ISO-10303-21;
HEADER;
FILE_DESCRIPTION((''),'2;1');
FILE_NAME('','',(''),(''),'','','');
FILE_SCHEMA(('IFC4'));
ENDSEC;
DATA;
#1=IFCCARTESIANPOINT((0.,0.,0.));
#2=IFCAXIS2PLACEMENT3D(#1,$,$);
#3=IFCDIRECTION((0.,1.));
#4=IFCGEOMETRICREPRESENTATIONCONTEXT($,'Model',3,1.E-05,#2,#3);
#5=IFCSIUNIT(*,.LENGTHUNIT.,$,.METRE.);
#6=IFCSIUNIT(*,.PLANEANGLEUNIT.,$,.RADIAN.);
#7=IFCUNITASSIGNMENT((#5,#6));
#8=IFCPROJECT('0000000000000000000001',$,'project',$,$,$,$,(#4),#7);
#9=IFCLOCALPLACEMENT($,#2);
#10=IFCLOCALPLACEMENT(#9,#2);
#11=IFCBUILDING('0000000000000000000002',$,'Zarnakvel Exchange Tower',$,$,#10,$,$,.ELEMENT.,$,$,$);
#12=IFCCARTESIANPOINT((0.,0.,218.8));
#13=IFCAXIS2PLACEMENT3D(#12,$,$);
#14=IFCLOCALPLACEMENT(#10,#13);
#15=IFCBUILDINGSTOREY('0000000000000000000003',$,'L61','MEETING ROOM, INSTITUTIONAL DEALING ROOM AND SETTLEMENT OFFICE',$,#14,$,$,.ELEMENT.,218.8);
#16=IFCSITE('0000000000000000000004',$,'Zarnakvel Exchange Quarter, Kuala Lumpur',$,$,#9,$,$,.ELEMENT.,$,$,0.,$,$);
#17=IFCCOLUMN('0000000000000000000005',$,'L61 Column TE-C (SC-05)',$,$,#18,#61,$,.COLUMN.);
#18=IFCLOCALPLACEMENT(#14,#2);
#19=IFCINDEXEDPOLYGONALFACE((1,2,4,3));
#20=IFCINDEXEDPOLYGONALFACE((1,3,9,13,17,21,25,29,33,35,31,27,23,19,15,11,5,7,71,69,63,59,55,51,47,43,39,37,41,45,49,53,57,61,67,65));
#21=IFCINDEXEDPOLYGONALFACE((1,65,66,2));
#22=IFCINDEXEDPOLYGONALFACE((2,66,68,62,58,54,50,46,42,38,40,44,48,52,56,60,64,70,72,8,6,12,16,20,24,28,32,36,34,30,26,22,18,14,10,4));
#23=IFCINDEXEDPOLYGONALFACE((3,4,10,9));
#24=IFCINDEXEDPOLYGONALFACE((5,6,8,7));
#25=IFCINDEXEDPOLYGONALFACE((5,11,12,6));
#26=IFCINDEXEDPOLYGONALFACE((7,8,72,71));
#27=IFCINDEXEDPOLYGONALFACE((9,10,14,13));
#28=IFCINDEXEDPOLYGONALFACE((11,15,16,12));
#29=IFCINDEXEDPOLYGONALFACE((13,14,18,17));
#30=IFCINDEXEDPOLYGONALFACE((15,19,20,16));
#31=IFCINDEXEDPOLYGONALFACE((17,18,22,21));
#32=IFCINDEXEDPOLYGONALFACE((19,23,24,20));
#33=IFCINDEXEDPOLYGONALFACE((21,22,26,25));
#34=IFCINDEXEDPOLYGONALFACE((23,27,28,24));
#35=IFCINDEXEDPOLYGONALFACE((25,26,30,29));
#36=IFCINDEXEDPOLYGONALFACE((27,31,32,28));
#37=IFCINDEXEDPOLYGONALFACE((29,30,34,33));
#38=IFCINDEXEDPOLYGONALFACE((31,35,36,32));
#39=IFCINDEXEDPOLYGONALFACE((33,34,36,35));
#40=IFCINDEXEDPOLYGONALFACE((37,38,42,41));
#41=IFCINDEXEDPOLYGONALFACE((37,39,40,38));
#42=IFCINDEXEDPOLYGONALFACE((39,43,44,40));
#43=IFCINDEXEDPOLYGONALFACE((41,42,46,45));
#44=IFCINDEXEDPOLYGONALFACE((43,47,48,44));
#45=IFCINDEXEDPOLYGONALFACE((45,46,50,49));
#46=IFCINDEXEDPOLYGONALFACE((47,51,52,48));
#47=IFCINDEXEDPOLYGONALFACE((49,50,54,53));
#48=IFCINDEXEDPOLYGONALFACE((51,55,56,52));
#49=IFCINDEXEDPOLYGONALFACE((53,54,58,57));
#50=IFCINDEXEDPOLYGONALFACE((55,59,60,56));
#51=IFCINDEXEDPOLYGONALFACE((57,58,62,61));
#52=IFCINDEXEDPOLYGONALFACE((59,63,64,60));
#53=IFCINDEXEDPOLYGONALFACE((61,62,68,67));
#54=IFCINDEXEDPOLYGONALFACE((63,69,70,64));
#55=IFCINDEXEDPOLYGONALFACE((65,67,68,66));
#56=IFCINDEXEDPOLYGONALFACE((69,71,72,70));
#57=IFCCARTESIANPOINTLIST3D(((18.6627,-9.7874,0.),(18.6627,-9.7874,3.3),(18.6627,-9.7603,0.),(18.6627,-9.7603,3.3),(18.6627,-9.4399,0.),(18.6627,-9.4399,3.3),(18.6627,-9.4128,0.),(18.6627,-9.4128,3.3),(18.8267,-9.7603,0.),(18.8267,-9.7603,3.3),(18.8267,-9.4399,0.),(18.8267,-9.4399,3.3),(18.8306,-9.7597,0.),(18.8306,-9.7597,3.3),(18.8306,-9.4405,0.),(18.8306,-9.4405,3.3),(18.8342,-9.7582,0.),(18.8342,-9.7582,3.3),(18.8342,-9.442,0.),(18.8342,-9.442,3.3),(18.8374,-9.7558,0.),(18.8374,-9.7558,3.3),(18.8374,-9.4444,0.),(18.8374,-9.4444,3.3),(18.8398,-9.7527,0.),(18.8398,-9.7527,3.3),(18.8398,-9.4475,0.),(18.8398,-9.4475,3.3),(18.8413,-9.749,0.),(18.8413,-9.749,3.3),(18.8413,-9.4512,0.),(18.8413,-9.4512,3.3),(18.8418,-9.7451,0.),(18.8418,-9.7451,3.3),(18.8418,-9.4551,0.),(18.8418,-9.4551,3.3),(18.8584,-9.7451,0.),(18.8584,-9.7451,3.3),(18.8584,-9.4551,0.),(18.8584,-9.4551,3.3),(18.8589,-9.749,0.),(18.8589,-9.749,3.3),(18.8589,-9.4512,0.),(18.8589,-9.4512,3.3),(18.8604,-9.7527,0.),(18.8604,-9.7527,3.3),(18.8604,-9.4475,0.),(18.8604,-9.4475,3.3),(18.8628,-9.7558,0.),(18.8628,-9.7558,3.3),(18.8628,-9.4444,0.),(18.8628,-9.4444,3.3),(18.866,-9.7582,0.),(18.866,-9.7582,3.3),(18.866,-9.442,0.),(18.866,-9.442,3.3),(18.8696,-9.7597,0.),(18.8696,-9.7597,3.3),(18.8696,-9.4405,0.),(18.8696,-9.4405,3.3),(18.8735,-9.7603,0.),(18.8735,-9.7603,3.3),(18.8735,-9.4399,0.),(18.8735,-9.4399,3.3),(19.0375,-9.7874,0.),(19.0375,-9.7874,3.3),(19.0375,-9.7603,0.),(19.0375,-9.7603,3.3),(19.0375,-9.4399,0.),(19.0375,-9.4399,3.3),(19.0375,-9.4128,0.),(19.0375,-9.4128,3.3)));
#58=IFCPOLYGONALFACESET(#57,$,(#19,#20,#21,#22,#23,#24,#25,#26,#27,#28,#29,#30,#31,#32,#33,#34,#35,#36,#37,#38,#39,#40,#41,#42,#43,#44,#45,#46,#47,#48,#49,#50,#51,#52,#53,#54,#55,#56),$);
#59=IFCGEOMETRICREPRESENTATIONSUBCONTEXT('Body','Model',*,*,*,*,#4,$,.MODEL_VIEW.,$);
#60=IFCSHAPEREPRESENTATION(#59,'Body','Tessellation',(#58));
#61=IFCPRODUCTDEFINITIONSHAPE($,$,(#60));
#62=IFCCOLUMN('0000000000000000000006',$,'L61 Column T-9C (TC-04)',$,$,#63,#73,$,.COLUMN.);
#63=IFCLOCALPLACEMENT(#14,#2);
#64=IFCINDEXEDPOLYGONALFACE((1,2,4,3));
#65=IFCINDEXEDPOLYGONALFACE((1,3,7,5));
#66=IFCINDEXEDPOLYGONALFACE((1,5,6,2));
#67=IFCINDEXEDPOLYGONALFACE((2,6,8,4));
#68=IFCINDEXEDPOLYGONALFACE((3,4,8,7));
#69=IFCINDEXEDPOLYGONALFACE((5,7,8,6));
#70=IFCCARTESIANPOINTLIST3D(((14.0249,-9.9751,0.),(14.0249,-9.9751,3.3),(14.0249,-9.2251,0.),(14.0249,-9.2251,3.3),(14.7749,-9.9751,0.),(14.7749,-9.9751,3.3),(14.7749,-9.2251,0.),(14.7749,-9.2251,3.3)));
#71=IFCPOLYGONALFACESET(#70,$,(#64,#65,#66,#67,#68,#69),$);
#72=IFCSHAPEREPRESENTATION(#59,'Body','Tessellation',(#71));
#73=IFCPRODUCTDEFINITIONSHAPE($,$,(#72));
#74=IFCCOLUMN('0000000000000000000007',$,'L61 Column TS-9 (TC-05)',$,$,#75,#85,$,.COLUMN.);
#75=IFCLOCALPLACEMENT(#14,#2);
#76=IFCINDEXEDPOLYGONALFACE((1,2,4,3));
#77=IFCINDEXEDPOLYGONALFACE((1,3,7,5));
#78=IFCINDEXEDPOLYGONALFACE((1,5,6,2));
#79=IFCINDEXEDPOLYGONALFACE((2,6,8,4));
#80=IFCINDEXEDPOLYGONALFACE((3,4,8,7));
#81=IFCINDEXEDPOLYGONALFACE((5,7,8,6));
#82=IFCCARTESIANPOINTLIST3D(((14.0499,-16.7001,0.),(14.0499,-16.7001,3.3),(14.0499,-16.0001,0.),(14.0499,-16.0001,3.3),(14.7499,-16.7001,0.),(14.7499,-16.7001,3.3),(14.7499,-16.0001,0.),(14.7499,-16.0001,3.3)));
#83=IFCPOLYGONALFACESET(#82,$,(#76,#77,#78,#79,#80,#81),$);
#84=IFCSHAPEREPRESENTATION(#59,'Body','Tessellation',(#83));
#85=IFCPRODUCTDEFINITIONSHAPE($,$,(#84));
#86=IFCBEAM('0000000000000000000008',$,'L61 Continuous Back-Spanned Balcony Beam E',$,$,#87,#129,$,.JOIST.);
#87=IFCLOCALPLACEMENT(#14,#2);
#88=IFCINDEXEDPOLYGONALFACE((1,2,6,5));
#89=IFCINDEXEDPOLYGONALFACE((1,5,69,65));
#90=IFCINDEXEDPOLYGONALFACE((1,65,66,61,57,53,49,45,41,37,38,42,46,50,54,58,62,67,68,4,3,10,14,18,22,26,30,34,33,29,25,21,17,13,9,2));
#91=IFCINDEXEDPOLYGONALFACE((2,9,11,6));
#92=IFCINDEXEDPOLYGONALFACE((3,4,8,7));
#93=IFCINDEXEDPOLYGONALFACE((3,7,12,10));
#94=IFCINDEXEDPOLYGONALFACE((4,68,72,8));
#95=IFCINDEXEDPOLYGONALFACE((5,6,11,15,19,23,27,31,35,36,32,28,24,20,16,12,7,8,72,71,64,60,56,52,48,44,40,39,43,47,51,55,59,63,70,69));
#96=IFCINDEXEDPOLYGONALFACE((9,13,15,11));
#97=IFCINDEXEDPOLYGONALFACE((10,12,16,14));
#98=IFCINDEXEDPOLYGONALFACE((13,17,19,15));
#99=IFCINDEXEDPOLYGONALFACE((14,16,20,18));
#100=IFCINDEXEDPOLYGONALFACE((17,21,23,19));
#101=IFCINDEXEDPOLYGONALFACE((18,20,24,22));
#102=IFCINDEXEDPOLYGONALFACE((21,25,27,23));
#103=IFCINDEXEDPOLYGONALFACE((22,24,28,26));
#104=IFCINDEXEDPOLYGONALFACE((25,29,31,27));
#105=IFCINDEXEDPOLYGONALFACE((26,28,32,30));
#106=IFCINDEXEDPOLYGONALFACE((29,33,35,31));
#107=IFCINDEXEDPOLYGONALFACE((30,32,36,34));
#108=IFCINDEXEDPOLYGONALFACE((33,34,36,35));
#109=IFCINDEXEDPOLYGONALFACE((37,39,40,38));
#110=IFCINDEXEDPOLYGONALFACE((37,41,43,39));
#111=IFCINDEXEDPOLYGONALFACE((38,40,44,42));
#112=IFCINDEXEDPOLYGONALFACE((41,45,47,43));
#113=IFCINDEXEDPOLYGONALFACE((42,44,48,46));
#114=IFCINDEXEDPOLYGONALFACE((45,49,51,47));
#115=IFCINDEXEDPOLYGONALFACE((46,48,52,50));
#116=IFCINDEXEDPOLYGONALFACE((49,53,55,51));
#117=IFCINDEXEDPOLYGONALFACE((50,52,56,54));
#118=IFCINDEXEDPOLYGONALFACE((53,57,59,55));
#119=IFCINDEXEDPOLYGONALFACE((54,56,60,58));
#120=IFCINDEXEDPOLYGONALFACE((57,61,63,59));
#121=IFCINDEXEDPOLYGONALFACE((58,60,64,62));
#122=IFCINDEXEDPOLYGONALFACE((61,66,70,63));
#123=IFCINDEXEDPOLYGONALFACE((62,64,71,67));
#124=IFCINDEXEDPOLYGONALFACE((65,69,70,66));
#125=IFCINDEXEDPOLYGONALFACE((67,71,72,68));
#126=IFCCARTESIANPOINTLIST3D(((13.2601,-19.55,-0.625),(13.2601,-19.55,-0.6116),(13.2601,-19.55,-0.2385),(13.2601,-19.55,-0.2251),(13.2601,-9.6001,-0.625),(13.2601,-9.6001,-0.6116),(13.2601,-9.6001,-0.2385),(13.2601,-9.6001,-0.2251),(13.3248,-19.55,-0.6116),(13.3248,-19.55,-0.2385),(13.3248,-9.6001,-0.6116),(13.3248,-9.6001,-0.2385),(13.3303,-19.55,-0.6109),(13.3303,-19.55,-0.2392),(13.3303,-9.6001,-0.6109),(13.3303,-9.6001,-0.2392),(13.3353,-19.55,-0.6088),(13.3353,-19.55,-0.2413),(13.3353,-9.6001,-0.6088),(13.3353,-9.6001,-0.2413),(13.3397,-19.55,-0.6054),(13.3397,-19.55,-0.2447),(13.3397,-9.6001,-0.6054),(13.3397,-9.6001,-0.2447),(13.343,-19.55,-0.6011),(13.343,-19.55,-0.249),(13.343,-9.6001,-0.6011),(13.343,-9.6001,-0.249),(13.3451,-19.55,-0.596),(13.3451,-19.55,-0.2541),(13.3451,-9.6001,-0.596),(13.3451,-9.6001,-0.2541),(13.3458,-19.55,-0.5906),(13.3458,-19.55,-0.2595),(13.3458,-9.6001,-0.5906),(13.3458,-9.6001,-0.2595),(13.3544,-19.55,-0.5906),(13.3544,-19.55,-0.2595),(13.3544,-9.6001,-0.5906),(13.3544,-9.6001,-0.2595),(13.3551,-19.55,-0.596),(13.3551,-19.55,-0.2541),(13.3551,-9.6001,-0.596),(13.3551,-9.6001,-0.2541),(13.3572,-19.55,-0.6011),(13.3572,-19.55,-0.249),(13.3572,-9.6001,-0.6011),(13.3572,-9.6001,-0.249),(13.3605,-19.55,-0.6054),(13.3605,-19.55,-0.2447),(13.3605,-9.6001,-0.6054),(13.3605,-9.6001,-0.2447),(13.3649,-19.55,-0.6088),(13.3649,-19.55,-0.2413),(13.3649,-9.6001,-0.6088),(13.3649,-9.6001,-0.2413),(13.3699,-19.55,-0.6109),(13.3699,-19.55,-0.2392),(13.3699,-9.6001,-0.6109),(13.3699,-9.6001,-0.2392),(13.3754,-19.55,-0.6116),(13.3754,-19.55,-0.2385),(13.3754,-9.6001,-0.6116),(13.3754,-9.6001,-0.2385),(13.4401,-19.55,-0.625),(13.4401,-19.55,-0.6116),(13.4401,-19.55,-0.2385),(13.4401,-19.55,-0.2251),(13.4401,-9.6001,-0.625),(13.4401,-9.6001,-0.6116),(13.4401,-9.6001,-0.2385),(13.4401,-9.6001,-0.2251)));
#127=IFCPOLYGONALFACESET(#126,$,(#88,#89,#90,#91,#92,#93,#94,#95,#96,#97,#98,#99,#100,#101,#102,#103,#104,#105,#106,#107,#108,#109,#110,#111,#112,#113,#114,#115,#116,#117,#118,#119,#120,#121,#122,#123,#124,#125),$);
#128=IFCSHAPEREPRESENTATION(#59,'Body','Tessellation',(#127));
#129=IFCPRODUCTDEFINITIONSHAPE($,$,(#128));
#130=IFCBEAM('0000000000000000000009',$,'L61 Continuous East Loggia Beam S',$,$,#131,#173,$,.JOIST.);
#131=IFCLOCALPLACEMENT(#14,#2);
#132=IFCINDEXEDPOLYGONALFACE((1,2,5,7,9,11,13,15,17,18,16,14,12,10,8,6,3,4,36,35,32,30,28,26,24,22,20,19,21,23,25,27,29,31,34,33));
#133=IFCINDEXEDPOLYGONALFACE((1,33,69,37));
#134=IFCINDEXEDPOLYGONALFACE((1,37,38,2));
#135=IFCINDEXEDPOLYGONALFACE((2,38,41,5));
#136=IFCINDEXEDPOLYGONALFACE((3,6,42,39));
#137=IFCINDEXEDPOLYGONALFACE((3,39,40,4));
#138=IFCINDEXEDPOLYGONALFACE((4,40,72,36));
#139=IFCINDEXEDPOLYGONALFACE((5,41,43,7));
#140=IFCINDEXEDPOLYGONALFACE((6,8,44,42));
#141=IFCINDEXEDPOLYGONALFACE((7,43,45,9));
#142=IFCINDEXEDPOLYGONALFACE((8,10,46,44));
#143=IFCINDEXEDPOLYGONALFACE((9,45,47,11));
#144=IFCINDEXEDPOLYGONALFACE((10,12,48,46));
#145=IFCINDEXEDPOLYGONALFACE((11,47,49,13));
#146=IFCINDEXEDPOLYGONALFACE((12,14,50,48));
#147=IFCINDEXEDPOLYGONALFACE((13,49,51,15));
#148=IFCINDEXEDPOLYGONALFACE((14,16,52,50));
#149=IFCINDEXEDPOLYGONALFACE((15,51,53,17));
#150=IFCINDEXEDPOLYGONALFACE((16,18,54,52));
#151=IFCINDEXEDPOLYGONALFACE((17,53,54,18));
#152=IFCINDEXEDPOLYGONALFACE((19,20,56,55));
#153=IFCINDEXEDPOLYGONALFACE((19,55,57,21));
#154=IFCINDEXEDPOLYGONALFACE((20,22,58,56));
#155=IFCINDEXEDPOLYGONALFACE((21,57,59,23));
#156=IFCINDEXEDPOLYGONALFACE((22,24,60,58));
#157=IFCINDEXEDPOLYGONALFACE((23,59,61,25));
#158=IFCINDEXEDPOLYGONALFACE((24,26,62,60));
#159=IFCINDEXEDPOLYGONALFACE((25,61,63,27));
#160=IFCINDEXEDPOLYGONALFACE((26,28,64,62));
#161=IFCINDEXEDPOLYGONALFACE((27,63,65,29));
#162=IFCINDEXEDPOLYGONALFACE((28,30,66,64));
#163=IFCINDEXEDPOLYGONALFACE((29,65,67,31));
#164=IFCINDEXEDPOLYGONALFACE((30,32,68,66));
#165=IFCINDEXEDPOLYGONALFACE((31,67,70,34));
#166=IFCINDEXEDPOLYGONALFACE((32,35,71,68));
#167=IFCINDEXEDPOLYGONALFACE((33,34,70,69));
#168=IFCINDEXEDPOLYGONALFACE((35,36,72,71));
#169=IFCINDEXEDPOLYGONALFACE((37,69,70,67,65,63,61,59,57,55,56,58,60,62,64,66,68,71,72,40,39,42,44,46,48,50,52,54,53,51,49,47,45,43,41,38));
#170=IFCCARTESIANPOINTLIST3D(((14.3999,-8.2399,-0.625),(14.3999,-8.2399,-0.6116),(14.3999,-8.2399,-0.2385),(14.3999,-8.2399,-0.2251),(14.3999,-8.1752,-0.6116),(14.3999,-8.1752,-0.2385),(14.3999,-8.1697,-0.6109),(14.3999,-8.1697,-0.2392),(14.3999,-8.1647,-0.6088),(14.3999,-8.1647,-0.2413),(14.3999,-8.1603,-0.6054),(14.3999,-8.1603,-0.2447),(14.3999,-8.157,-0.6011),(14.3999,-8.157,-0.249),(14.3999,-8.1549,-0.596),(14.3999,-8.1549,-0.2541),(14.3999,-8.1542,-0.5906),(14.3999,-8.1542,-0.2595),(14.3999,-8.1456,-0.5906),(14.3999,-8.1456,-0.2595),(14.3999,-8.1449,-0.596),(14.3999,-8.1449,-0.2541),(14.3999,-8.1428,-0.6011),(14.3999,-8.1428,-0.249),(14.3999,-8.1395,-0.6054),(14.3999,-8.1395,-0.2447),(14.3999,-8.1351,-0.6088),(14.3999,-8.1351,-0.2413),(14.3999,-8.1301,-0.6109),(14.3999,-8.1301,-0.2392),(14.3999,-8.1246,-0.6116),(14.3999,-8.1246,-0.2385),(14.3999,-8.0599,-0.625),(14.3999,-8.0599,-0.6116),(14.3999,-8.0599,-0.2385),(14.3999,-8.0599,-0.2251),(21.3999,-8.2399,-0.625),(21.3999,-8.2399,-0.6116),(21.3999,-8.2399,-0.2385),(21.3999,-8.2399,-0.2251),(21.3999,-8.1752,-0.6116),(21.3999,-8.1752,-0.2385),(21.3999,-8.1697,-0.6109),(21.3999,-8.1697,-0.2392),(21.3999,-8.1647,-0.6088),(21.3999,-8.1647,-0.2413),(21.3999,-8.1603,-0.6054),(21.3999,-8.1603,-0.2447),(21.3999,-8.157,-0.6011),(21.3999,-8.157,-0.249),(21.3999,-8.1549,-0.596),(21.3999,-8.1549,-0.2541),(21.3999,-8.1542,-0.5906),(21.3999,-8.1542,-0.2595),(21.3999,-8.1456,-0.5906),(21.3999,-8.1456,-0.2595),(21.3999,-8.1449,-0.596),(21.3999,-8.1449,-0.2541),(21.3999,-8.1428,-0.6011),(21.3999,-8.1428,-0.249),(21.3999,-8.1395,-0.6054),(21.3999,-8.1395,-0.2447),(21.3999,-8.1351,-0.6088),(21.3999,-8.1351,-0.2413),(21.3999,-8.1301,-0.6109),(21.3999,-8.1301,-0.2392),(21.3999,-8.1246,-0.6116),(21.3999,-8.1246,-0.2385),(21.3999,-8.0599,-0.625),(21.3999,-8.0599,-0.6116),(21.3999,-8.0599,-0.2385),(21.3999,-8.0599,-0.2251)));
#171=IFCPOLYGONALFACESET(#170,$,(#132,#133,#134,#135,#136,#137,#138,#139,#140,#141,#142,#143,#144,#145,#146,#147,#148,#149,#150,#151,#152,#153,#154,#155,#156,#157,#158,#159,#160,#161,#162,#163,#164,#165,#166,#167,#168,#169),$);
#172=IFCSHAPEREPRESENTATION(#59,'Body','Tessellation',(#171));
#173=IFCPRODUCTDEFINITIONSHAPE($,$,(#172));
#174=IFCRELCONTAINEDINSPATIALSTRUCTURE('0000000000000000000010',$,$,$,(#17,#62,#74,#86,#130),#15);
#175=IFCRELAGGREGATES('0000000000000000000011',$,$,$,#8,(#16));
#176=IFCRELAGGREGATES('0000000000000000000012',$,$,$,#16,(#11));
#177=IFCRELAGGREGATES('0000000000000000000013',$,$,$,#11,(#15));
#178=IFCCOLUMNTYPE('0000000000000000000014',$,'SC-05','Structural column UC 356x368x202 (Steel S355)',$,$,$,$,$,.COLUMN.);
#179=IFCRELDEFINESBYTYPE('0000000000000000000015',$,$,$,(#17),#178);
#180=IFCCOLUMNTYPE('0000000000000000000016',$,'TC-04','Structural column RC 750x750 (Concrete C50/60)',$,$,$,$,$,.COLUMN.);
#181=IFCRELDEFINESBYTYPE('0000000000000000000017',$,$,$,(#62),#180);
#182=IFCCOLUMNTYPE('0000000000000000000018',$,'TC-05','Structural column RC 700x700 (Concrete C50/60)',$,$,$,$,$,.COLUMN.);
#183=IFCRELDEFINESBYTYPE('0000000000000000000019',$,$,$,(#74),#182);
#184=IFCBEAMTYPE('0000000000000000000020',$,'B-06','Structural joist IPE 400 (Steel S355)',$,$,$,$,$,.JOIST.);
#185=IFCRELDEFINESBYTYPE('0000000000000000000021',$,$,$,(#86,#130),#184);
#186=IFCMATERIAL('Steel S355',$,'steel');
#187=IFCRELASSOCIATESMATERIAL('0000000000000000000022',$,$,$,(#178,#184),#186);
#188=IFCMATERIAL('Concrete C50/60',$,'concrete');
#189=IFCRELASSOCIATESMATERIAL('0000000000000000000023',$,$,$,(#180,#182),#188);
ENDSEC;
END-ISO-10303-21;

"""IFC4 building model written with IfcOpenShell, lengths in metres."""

from ifc_helpers import new_model, si_unit, direction, frame, origin, origin_2d, place, context, subcontext, project, spatial, rectangle, i_section, extrude, material, material_profile, profile_set, type_object, element, save


model = new_model("IFC4")

# Units and contexts
model_context = context("Model", 3, precision=1e-05, world=origin(), true_north=direction((0.0, 1.0)))
body_context = subcontext(model_context, "Body", "Model", "MODEL_VIEW")
ifc_project = project(units=[si_unit("LENGTHUNIT", "METRE"), si_unit("PLANEANGLEUNIT", "RADIAN")], contexts=[model_context])

# Site, building, storey
site_placement = place(None, origin())
site = spatial("IfcSite", under=ifc_project, at=site_placement, Name="Zarnakvel Exchange Quarter, Kuala Lumpur", CompositionType="ELEMENT", RefElevation=0.0)
building_placement = place(site_placement, origin())
building = spatial("IfcBuilding", under=site, at=building_placement, Name="Zarnakvel Exchange Tower", CompositionType="ELEMENT")
storey_placement = place(building_placement, frame((0.0, 0.0, 218.8)))
storey = spatial("IfcBuildingStorey", under=building, at=storey_placement, Name="L61", Description="MEETING ROOM, INSTITUTIONAL DEALING ROOM AND SETTLEMENT OFFICE", CompositionType="ELEMENT", Elevation=218.8)

# Columns
ifc_material_1 = material(Name="Steel S355", Category="steel")
ifc_material_profile_1 = material_profile(ifc_material_1, i_section(OverallWidth=0.3748, OverallDepth=0.3745, WebThickness=0.0166, FlangeThickness=0.0271, FilletRadius=0.0151, at=origin_2d()))
ifc_profile_set_1 = profile_set([ifc_material_profile_1], Name="Steel S355")
column_type_1 = type_object("IfcColumnType", Name="SC-05", Description="Structural column UC 356x368x202 (Steel S355)", PredefinedType="COLUMN", material=ifc_profile_set_1)
column_1_placement = place(storey_placement, frame((18.8501, -9.6001, 0.0), z_axis=(0.0, 0.0, 1.0), x_axis=(1.0, 0.0, 0.0)))
element("IfcColumn", 1, at=column_1_placement, inside=storey, type_object=column_type_1, Name="L61 Column TE-C (SC-05)", PredefinedType="COLUMN", context=body_context, shape_type="SweptSolid", body=[
    extrude(i_section(OverallWidth=0.3748, OverallDepth=0.3745, WebThickness=0.0166, FlangeThickness=0.0271, FilletRadius=0.0151, at=origin_2d()), origin(), (0.0, 0.0, 1.0), 3.3),
])
ifc_material_2 = material(Name="Concrete C50/60", Category="concrete")
ifc_material_profile_2 = material_profile(ifc_material_2, rectangle(XDim=0.75, YDim=0.75, at=origin_2d()))
ifc_profile_set_2 = profile_set([ifc_material_profile_2], Name="Concrete C50/60")
column_type_2 = type_object("IfcColumnType", Name="TC-04", Description="Structural column RC 750x750 (Concrete C50/60)", PredefinedType="COLUMN", material=ifc_profile_set_2)
column_2_placement = place(storey_placement, frame((14.3999, -9.6001, 0.0), z_axis=(0.0, 0.0, 1.0), x_axis=(1.0, 0.0, 0.0)))
element("IfcColumn", 2, at=column_2_placement, inside=storey, type_object=column_type_2, Name="L61 Column T-9C (TC-04)", PredefinedType="COLUMN", context=body_context, shape_type="SweptSolid", body=[
    extrude(rectangle(XDim=0.75, YDim=0.75, at=origin_2d()), origin(), (0.0, 0.0, 1.0), 3.3),
])
ifc_material_profile_3 = material_profile(ifc_material_2, rectangle(XDim=0.7, YDim=0.7, at=origin_2d()))
ifc_profile_set_3 = profile_set([ifc_material_profile_3], Name="Concrete C50/60")
column_type_3 = type_object("IfcColumnType", Name="TC-05", Description="Structural column RC 700x700 (Concrete C50/60)", PredefinedType="COLUMN", material=ifc_profile_set_3)
column_3_placement = place(storey_placement, frame((14.3999, -16.3501, 0.0), z_axis=(0.0, 0.0, 1.0), x_axis=(1.0, 0.0, 0.0)))
element("IfcColumn", 3, at=column_3_placement, inside=storey, type_object=column_type_3, Name="L61 Column TS-9 (TC-05)", PredefinedType="COLUMN", context=body_context, shape_type="SweptSolid", body=[
    extrude(rectangle(XDim=0.7, YDim=0.7, at=origin_2d()), origin(), (0.0, 0.0, 1.0), 3.3),
])

# Beams
ifc_material_profile_4 = material_profile(ifc_material_1, i_section(OverallWidth=0.1799, OverallDepth=0.3999, WebThickness=0.0085, FlangeThickness=0.0134, FilletRadius=0.021, at=origin_2d()))
ifc_profile_set_4 = profile_set([ifc_material_profile_4], Name="Steel S355")
beam_type_1 = type_object("IfcBeamType", Name="B-06", Description="Structural joist IPE 400 (Steel S355)", PredefinedType="JOIST", material=ifc_profile_set_4)
beam_1_placement = place(storey_placement, frame((13.3501, -9.6001, -0.425), z_axis=(0.0, -1.0, 0.0), x_axis=(1.0, 0.0, 0.0)))
element("IfcBeam", 4, at=beam_1_placement, inside=storey, type_object=beam_type_1, Name="L61 Continuous Back-Spanned Balcony Beam E", PredefinedType="JOIST", context=body_context, shape_type="SweptSolid", body=[
    extrude(i_section(OverallWidth=0.1799, OverallDepth=0.3999, WebThickness=0.0085, FlangeThickness=0.0134, FilletRadius=0.021, at=origin_2d()), origin(), (0.0, 0.0, 1.0), 9.95),
])
beam_2_placement = place(storey_placement, frame((14.3999, -8.1499, -0.425), z_axis=(1.0, 0.0, 0.0), x_axis=(0.0, 1.0, 0.0)))
element("IfcBeam", 5, at=beam_2_placement, inside=storey, type_object=beam_type_1, Name="L61 Continuous East Loggia Beam S", PredefinedType="JOIST", context=body_context, shape_type="SweptSolid", body=[
    extrude(i_section(OverallWidth=0.1799, OverallDepth=0.3999, WebThickness=0.0085, FlangeThickness=0.0134, FilletRadius=0.021, at=origin_2d()), origin(), (0.0, 0.0, 1.0), 7.0),
])

save(model, "model.ifc")
